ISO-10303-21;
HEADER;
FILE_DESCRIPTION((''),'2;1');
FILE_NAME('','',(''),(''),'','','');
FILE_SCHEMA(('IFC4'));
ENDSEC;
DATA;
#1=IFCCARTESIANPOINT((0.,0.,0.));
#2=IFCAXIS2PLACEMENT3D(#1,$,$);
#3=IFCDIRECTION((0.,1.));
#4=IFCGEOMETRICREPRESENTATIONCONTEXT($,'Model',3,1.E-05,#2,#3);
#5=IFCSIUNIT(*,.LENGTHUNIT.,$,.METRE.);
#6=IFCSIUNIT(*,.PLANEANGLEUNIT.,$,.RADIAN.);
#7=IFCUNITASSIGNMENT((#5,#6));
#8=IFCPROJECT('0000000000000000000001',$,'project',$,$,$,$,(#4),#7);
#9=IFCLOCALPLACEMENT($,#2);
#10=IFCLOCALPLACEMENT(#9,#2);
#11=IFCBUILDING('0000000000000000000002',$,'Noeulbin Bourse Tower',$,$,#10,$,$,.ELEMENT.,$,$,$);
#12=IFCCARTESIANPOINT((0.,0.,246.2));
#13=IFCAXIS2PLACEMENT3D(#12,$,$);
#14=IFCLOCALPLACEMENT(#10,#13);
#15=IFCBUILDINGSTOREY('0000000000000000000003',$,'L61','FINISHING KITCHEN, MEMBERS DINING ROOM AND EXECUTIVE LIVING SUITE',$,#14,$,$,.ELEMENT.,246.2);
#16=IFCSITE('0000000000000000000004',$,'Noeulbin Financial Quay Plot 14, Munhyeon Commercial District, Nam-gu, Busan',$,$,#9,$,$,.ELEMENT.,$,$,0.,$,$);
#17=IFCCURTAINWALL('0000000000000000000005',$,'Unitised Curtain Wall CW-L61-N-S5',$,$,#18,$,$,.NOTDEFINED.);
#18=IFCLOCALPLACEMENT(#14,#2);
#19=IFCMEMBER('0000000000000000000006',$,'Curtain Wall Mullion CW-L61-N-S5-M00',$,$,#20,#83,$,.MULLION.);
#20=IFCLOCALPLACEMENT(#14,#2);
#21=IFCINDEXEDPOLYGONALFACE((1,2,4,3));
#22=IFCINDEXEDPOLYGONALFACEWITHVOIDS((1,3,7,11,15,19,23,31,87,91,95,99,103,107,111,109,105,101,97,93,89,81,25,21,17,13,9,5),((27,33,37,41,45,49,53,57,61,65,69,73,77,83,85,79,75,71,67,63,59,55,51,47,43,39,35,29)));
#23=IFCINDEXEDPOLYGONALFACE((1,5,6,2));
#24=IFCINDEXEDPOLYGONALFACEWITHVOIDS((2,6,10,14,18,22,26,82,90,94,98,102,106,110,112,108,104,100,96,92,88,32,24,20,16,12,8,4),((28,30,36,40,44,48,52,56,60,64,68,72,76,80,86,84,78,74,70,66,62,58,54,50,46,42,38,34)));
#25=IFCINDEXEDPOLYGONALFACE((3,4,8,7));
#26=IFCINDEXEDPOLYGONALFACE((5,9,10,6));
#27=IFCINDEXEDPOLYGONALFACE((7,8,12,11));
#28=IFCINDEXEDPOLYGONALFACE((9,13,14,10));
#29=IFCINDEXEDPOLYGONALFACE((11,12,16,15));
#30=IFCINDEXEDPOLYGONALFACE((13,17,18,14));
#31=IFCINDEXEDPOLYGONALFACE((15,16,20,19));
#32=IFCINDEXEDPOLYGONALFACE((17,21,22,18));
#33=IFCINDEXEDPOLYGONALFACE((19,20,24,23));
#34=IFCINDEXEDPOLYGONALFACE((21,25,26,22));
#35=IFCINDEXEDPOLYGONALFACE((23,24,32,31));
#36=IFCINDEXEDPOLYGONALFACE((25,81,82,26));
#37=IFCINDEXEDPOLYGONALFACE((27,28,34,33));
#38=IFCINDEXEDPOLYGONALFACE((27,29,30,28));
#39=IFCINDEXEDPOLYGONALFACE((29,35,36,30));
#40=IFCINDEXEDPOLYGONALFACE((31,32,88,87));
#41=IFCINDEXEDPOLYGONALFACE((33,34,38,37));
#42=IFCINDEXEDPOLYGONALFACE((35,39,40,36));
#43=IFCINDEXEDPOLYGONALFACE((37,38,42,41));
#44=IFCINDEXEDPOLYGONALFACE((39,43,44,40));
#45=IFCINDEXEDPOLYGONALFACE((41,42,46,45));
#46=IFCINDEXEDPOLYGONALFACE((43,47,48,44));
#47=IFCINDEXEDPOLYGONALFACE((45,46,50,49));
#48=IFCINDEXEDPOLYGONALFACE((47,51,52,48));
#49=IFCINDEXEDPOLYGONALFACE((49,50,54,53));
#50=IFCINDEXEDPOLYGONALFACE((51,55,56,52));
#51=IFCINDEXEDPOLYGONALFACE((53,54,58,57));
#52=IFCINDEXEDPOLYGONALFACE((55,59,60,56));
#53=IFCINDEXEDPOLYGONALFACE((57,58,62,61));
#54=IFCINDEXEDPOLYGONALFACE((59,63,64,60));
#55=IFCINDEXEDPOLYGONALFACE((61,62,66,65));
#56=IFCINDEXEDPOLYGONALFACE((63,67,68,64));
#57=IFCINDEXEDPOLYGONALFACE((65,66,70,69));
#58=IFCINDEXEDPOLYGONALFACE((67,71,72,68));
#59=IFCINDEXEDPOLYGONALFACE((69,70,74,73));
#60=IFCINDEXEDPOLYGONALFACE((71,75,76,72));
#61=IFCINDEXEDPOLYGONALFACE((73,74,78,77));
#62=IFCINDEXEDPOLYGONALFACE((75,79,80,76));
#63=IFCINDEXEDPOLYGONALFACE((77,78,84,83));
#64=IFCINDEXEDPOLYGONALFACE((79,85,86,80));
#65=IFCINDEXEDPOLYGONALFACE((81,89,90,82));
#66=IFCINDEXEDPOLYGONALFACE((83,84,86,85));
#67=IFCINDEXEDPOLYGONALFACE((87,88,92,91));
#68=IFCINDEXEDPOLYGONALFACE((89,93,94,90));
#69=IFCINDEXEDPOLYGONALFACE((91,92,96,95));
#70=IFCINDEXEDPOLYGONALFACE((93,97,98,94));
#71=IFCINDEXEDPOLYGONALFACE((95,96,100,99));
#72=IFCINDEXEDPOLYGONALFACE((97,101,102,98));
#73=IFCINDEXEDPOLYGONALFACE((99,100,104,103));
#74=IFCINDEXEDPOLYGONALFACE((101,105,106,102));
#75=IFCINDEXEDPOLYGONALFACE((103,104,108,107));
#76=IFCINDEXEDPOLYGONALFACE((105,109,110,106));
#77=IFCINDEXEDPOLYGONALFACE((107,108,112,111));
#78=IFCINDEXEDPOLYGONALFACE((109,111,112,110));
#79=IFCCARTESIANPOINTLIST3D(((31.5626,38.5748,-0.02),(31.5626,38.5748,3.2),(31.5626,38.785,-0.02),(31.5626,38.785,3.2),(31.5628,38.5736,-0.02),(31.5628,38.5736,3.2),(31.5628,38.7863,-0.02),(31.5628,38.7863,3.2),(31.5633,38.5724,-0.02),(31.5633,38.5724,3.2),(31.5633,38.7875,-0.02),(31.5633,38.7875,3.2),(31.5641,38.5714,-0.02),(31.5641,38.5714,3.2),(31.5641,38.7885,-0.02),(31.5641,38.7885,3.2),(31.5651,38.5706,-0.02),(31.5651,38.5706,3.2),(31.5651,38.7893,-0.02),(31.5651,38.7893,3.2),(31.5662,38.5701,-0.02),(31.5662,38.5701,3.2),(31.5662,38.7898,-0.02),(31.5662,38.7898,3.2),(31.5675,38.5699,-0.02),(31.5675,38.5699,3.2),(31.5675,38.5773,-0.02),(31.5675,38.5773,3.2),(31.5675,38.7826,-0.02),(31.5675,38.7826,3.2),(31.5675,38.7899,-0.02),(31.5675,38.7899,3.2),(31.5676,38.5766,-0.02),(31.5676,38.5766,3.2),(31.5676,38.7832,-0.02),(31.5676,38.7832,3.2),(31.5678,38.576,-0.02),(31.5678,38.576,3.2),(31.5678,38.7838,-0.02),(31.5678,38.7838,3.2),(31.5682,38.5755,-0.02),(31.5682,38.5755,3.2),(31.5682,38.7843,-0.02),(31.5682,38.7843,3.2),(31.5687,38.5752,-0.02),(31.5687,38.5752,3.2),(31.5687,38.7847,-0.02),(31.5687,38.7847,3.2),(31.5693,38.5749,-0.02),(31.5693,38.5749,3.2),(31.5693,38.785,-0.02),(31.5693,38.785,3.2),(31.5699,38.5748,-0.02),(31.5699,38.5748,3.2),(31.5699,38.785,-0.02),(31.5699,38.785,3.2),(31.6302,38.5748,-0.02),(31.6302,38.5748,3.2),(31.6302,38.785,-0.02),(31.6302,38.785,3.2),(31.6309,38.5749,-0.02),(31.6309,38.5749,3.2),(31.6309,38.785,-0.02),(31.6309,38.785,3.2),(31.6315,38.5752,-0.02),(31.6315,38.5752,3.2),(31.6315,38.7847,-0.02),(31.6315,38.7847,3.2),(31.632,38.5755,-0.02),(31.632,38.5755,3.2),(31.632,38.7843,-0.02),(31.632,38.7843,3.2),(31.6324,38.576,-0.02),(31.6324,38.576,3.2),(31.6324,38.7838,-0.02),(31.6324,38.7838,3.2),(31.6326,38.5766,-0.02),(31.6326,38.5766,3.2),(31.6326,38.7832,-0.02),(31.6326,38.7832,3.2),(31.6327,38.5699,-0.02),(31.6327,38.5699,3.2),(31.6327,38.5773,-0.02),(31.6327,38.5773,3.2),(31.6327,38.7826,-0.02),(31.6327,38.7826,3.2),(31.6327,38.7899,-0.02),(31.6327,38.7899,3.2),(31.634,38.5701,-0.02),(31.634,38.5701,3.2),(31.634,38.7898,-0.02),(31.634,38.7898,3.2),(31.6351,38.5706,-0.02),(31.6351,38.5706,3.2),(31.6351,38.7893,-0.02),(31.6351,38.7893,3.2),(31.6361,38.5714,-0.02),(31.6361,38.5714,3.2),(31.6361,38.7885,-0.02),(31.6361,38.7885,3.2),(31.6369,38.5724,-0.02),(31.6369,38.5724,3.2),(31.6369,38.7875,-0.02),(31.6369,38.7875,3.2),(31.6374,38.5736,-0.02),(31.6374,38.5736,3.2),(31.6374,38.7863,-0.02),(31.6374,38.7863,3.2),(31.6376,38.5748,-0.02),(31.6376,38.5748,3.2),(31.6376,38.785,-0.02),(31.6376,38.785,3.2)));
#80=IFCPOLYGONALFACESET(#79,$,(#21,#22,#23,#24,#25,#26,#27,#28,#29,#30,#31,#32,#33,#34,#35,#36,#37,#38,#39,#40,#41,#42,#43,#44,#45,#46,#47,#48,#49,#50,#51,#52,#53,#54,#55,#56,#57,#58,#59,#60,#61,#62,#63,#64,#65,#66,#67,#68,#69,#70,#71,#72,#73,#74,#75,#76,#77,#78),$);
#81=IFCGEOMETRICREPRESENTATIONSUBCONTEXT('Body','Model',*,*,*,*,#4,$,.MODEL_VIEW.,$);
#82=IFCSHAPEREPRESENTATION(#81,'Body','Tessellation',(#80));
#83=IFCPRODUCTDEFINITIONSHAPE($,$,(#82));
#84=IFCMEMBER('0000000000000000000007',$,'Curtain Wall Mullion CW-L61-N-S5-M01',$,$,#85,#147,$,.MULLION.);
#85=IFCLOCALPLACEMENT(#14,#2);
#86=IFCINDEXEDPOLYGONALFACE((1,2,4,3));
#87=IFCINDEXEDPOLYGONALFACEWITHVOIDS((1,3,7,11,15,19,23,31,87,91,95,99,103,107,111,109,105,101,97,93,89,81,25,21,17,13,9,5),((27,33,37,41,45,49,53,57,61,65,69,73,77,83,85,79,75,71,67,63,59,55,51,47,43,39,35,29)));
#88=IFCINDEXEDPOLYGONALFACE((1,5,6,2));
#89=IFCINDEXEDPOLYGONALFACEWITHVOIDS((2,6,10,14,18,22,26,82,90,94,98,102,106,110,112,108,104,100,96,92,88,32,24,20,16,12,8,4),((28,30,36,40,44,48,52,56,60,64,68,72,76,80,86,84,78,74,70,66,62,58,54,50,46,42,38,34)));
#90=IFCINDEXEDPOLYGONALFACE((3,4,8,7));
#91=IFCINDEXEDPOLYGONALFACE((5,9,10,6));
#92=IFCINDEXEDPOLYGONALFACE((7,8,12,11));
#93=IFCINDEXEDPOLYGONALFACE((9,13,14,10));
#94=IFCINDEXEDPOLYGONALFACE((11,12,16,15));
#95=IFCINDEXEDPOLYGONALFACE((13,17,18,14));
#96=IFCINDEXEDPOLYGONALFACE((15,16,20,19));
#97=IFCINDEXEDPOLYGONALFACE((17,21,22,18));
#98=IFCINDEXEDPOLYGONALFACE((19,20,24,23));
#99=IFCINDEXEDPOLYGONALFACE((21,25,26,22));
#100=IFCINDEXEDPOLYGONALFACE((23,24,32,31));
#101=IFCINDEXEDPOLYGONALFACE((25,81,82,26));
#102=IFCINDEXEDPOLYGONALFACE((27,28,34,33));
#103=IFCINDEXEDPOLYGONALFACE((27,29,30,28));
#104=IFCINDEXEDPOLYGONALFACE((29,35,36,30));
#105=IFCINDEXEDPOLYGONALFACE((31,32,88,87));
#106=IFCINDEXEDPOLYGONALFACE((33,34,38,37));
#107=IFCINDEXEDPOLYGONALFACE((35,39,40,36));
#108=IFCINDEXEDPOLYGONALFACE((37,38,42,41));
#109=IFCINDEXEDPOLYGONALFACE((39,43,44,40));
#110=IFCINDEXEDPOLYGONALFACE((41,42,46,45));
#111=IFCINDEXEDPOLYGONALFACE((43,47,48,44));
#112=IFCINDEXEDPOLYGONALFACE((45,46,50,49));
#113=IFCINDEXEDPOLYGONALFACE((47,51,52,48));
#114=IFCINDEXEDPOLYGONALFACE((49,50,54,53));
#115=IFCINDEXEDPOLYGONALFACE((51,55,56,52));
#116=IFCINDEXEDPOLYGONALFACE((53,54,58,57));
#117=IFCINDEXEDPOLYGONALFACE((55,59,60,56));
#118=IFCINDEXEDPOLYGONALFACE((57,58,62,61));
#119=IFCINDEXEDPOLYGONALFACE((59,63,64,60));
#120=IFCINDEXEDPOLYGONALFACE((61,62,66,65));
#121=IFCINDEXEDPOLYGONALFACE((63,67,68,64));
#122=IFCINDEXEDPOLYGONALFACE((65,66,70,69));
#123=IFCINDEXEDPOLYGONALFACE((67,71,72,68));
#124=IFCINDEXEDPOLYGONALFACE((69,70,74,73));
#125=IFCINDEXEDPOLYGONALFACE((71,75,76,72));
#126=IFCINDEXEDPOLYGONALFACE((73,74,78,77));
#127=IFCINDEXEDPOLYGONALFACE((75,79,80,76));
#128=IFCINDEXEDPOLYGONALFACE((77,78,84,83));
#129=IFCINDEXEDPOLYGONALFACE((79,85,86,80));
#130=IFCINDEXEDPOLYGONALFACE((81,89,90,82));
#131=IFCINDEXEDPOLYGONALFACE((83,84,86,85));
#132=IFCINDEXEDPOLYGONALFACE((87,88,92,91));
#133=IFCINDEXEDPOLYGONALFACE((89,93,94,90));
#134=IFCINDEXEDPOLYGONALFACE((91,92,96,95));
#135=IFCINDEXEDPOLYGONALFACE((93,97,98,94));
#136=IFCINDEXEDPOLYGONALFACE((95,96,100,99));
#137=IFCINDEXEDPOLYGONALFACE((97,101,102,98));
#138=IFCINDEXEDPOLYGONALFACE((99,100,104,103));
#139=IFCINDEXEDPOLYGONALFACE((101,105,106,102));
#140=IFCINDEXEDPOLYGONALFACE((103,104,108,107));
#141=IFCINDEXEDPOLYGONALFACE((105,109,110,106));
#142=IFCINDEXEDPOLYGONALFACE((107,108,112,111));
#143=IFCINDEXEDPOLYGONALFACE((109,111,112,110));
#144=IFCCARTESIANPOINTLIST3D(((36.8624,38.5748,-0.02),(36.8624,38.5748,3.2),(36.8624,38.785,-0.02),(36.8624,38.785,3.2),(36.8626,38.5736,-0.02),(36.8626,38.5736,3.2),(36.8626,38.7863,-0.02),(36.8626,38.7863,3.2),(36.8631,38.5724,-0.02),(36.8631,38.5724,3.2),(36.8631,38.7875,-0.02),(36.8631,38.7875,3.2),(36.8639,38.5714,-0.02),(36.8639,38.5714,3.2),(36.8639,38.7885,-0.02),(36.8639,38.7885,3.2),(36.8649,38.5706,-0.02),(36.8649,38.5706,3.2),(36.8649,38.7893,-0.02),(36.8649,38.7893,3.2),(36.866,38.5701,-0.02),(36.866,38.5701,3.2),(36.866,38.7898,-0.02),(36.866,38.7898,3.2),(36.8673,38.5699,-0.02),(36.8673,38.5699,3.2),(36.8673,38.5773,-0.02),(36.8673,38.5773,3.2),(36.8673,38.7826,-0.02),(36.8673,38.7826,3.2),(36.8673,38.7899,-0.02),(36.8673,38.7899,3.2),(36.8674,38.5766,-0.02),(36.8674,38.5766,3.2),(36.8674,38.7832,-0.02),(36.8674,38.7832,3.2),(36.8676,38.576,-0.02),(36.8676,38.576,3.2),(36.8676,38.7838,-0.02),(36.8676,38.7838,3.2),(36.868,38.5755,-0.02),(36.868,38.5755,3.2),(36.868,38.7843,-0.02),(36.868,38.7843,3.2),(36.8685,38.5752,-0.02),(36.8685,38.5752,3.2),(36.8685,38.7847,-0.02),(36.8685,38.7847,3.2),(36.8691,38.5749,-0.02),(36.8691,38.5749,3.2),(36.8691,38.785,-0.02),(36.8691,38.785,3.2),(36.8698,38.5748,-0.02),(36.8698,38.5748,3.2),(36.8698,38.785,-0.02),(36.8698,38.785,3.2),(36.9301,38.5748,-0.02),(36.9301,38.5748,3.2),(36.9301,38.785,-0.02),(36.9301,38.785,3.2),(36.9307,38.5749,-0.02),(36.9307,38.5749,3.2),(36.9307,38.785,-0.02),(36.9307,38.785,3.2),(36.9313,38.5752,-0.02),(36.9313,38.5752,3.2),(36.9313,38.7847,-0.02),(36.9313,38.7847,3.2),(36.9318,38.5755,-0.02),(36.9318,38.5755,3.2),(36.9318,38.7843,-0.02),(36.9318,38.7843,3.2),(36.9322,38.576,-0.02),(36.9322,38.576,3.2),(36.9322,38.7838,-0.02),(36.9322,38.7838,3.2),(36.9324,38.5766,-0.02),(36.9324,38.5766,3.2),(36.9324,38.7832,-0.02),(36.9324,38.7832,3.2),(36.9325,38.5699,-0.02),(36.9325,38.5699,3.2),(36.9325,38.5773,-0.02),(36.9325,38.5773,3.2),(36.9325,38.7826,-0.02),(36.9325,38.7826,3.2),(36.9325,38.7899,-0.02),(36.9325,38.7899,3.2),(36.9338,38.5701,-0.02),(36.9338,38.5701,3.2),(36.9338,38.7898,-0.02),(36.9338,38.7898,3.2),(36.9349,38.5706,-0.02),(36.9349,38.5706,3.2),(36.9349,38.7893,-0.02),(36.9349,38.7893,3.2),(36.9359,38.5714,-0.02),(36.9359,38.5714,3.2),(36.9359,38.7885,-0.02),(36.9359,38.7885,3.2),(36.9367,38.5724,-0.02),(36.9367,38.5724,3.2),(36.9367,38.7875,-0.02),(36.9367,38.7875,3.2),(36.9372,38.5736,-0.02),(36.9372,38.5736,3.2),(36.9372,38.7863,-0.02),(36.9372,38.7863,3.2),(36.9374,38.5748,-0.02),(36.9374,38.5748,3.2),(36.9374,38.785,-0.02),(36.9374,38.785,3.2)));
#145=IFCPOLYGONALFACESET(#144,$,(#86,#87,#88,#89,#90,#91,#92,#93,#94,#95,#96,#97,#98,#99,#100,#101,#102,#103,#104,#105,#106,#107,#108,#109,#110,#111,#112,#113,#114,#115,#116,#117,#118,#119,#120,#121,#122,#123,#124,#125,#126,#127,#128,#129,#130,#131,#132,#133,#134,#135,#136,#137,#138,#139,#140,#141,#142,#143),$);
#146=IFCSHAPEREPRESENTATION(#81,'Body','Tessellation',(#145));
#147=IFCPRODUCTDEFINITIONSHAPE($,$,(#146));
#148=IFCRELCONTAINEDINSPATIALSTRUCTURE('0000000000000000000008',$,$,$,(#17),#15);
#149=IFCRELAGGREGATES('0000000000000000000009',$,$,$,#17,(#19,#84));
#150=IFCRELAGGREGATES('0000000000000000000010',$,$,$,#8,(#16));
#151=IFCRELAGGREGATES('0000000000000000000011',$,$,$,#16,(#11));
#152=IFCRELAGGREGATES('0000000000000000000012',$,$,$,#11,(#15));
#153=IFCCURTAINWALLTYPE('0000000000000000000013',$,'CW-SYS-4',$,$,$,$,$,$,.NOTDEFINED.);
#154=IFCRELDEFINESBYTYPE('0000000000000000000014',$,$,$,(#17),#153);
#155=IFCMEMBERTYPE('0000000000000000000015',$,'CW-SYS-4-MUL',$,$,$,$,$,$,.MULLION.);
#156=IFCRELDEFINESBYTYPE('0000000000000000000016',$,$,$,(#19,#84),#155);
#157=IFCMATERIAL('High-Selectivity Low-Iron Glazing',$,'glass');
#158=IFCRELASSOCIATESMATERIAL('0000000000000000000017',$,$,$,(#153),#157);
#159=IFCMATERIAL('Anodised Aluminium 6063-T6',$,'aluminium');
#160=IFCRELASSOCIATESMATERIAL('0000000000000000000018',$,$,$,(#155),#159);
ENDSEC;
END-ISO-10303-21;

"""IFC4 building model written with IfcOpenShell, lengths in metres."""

from ifc_helpers import new_model, si_unit, direction, frame, origin, origin_2d, place, context, subcontext, project, spatial, hollow_rectangle, extrude, material, material_profile, profile_set, type_object, element, aggregate, save


model = new_model("IFC4")

# Units and contexts
model_context = context("Model", 3, precision=1e-05, world=origin(), true_north=direction((0.0, 1.0)))
body_context = subcontext(model_context, "Body", "Model", "MODEL_VIEW")
ifc_project = project(units=[si_unit("LENGTHUNIT", "METRE"), si_unit("PLANEANGLEUNIT", "RADIAN")], contexts=[model_context])

# Site, building, storey
site_placement = place(None, origin())
site = spatial("IfcSite", under=ifc_project, at=site_placement, Name="Noeulbin Financial Quay Plot 14, Munhyeon Commercial District, Nam-gu, Busan", CompositionType="ELEMENT", RefElevation=0.0)
building_placement = place(site_placement, origin())
building = spatial("IfcBuilding", under=site, at=building_placement, Name="Noeulbin Bourse Tower", CompositionType="ELEMENT")
storey_placement = place(building_placement, frame((0.0, 0.0, 246.2)))
storey = spatial("IfcBuildingStorey", under=building, at=storey_placement, Name="L61", Description="FINISHING KITCHEN, MEMBERS DINING ROOM AND EXECUTIVE LIVING SUITE", CompositionType="ELEMENT", Elevation=246.2)

# Curtain wall, members
ifc_material_1 = material(Name="High-Selectivity Low-Iron Glazing", Category="glass")
curtain_wall_type = type_object("IfcCurtainWallType", Name="CW-SYS-4", PredefinedType="NOTDEFINED", material=ifc_material_1)
ifc_material_2 = material(Name="Anodised Aluminium 6063-T6", Category="aluminium")
ifc_material_profile_1 = material_profile(ifc_material_2, hollow_rectangle(XDim=0.075, YDim=0.22, WallThickness=0.0049, InnerFilletRadius=0.0024, OuterFilletRadius=0.0049, at=origin_2d()), Name="ALU-MULL-75x220x5", Category="LoadBearing")
ifc_profile_set_1 = profile_set([ifc_material_profile_1], Name="Anodised Aluminium 6063-T6")
member_type_1 = type_object("IfcMemberType", Name="CW-SYS-4-MUL", PredefinedType="MULLION", material=ifc_profile_set_1)
curtain_wall_1_placement = place(storey_placement, origin())
curtain_wall_1 = element("IfcCurtainWall", 1, at=curtain_wall_1_placement, inside=storey, type_object=curtain_wall_type, Name="Unitised Curtain Wall CW-L61-N-S5", PredefinedType="NOTDEFINED")
member_1_placement = place(storey_placement, frame((31.6001, 38.6799, -0.02), z_axis=(0.0, 0.0, 1.0), x_axis=(1.0, 0.0, 0.0)))
member_1 = element("IfcMember", 2, at=member_1_placement, type_object=member_type_1, Name="Curtain Wall Mullion CW-L61-N-S5-M00", PredefinedType="MULLION", context=body_context, shape_type="SweptSolid", body=[
    extrude(hollow_rectangle(XDim=0.075, YDim=0.22, WallThickness=0.0049, InnerFilletRadius=0.0024, OuterFilletRadius=0.0049, at=origin_2d()), origin(), (0.0, 0.0, 1.0), 3.22),
])
member_2_placement = place(storey_placement, frame((36.8999, 38.6799, -0.02), z_axis=(0.0, 0.0, 1.0), x_axis=(1.0, 0.0, 0.0)))
member_2 = element("IfcMember", 3, at=member_2_placement, type_object=member_type_1, Name="Curtain Wall Mullion CW-L61-N-S5-M01", PredefinedType="MULLION", context=body_context, shape_type="SweptSolid", body=[
    extrude(hollow_rectangle(XDim=0.075, YDim=0.22, WallThickness=0.0049, InnerFilletRadius=0.0024, OuterFilletRadius=0.0049, at=origin_2d()), origin(), (0.0, 0.0, 1.0), 3.22),
])

aggregate(curtain_wall_1, [member_1, member_2])

save(model, "model.ifc")
